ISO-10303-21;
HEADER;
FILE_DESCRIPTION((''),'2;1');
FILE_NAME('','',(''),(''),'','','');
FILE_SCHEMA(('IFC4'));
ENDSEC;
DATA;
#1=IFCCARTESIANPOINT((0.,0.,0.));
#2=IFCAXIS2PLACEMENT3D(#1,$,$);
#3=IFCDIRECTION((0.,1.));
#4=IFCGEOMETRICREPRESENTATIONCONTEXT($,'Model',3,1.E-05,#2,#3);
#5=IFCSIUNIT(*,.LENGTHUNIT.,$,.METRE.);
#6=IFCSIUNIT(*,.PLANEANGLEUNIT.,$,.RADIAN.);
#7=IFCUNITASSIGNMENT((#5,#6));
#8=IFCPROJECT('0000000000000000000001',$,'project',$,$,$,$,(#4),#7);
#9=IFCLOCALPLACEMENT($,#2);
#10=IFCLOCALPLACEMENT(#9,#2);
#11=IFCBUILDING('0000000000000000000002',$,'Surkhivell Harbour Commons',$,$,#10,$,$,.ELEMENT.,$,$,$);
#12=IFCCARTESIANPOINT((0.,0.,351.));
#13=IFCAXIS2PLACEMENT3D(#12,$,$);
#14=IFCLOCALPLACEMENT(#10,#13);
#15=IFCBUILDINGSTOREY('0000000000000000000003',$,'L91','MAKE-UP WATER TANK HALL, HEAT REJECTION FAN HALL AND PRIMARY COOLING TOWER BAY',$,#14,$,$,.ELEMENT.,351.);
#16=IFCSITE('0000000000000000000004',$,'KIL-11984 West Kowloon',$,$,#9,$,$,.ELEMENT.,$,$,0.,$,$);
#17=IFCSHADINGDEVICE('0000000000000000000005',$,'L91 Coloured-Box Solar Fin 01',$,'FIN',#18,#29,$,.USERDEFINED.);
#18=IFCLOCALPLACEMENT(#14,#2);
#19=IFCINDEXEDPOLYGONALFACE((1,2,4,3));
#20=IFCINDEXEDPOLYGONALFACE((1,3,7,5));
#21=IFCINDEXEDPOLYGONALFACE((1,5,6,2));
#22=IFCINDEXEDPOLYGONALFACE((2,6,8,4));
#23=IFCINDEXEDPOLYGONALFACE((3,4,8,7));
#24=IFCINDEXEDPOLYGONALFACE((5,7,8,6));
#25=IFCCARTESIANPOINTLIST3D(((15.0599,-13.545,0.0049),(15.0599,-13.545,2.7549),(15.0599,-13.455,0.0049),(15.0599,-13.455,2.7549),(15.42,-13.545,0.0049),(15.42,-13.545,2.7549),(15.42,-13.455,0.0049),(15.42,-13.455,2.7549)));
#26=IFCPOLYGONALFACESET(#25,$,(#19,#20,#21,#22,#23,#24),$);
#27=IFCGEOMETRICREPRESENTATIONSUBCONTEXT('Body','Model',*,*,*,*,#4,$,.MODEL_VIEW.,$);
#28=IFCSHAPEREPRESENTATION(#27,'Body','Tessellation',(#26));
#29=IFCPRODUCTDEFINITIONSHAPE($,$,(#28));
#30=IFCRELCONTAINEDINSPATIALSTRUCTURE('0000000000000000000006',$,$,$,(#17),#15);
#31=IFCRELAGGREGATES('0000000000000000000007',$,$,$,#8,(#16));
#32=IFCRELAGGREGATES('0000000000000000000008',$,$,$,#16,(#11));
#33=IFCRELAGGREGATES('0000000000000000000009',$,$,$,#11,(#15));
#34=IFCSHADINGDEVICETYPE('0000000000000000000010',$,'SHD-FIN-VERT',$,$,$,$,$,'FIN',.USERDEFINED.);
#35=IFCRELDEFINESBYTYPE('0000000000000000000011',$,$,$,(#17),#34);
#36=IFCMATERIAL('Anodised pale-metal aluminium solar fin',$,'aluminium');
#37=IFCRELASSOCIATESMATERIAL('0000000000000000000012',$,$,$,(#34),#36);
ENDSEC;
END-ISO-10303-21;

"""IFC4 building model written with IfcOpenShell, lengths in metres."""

from ifc_helpers import new_model, si_unit, direction, frame, origin, origin_2d, place, context, subcontext, project, spatial, rectangle, extrude, material, type_object, element, save


model = new_model("IFC4")

# Units and contexts
model_context = context("Model", 3, precision=1e-05, world=origin(), true_north=direction((0.0, 1.0)))
body_context = subcontext(model_context, "Body", "Model", "MODEL_VIEW")
ifc_project = project(units=[si_unit("LENGTHUNIT", "METRE"), si_unit("PLANEANGLEUNIT", "RADIAN")], contexts=[model_context])

# Site, building, storey
site_placement = place(None, origin())
site = spatial("IfcSite", under=ifc_project, at=site_placement, Name="KIL-11984 West Kowloon", CompositionType="ELEMENT", RefElevation=0.0)
building_placement = place(site_placement, origin())
building = spatial("IfcBuilding", under=site, at=building_placement, Name="Surkhivell Harbour Commons", CompositionType="ELEMENT")
storey_placement = place(building_placement, frame((0.0, 0.0, 351.0)))
storey = spatial("IfcBuildingStorey", under=building, at=storey_placement, Name="L91", Description="MAKE-UP WATER TANK HALL, HEAT REJECTION FAN HALL AND PRIMARY COOLING TOWER BAY", CompositionType="ELEMENT", Elevation=351.0)

# Shading device
ifc_material_1 = material(Name="Anodised pale-metal aluminium solar fin", Category="aluminium")
shading_device_type = type_object("IfcShadingDeviceType", Name="SHD-FIN-VERT", ElementType="FIN", PredefinedType="USERDEFINED", material=ifc_material_1)
shading_device_placement = place(storey_placement, frame((15.24, -13.5, 0.0049), z_axis=(0.0, 0.0, 1.0), x_axis=(1.0, 0.0, 0.0)))
element("IfcShadingDevice", 1, at=shading_device_placement, inside=storey, type_object=shading_device_type, Name="L91 Coloured-Box Solar Fin 01", ObjectType="FIN", PredefinedType="USERDEFINED", context=body_context, shape_type="SweptSolid", body=[
    extrude(rectangle(XDim=0.3601, YDim=0.0901, at=origin_2d()), origin(), (0.0, 0.0, 1.0), 2.75),
])

save(model, "model.ifc")
